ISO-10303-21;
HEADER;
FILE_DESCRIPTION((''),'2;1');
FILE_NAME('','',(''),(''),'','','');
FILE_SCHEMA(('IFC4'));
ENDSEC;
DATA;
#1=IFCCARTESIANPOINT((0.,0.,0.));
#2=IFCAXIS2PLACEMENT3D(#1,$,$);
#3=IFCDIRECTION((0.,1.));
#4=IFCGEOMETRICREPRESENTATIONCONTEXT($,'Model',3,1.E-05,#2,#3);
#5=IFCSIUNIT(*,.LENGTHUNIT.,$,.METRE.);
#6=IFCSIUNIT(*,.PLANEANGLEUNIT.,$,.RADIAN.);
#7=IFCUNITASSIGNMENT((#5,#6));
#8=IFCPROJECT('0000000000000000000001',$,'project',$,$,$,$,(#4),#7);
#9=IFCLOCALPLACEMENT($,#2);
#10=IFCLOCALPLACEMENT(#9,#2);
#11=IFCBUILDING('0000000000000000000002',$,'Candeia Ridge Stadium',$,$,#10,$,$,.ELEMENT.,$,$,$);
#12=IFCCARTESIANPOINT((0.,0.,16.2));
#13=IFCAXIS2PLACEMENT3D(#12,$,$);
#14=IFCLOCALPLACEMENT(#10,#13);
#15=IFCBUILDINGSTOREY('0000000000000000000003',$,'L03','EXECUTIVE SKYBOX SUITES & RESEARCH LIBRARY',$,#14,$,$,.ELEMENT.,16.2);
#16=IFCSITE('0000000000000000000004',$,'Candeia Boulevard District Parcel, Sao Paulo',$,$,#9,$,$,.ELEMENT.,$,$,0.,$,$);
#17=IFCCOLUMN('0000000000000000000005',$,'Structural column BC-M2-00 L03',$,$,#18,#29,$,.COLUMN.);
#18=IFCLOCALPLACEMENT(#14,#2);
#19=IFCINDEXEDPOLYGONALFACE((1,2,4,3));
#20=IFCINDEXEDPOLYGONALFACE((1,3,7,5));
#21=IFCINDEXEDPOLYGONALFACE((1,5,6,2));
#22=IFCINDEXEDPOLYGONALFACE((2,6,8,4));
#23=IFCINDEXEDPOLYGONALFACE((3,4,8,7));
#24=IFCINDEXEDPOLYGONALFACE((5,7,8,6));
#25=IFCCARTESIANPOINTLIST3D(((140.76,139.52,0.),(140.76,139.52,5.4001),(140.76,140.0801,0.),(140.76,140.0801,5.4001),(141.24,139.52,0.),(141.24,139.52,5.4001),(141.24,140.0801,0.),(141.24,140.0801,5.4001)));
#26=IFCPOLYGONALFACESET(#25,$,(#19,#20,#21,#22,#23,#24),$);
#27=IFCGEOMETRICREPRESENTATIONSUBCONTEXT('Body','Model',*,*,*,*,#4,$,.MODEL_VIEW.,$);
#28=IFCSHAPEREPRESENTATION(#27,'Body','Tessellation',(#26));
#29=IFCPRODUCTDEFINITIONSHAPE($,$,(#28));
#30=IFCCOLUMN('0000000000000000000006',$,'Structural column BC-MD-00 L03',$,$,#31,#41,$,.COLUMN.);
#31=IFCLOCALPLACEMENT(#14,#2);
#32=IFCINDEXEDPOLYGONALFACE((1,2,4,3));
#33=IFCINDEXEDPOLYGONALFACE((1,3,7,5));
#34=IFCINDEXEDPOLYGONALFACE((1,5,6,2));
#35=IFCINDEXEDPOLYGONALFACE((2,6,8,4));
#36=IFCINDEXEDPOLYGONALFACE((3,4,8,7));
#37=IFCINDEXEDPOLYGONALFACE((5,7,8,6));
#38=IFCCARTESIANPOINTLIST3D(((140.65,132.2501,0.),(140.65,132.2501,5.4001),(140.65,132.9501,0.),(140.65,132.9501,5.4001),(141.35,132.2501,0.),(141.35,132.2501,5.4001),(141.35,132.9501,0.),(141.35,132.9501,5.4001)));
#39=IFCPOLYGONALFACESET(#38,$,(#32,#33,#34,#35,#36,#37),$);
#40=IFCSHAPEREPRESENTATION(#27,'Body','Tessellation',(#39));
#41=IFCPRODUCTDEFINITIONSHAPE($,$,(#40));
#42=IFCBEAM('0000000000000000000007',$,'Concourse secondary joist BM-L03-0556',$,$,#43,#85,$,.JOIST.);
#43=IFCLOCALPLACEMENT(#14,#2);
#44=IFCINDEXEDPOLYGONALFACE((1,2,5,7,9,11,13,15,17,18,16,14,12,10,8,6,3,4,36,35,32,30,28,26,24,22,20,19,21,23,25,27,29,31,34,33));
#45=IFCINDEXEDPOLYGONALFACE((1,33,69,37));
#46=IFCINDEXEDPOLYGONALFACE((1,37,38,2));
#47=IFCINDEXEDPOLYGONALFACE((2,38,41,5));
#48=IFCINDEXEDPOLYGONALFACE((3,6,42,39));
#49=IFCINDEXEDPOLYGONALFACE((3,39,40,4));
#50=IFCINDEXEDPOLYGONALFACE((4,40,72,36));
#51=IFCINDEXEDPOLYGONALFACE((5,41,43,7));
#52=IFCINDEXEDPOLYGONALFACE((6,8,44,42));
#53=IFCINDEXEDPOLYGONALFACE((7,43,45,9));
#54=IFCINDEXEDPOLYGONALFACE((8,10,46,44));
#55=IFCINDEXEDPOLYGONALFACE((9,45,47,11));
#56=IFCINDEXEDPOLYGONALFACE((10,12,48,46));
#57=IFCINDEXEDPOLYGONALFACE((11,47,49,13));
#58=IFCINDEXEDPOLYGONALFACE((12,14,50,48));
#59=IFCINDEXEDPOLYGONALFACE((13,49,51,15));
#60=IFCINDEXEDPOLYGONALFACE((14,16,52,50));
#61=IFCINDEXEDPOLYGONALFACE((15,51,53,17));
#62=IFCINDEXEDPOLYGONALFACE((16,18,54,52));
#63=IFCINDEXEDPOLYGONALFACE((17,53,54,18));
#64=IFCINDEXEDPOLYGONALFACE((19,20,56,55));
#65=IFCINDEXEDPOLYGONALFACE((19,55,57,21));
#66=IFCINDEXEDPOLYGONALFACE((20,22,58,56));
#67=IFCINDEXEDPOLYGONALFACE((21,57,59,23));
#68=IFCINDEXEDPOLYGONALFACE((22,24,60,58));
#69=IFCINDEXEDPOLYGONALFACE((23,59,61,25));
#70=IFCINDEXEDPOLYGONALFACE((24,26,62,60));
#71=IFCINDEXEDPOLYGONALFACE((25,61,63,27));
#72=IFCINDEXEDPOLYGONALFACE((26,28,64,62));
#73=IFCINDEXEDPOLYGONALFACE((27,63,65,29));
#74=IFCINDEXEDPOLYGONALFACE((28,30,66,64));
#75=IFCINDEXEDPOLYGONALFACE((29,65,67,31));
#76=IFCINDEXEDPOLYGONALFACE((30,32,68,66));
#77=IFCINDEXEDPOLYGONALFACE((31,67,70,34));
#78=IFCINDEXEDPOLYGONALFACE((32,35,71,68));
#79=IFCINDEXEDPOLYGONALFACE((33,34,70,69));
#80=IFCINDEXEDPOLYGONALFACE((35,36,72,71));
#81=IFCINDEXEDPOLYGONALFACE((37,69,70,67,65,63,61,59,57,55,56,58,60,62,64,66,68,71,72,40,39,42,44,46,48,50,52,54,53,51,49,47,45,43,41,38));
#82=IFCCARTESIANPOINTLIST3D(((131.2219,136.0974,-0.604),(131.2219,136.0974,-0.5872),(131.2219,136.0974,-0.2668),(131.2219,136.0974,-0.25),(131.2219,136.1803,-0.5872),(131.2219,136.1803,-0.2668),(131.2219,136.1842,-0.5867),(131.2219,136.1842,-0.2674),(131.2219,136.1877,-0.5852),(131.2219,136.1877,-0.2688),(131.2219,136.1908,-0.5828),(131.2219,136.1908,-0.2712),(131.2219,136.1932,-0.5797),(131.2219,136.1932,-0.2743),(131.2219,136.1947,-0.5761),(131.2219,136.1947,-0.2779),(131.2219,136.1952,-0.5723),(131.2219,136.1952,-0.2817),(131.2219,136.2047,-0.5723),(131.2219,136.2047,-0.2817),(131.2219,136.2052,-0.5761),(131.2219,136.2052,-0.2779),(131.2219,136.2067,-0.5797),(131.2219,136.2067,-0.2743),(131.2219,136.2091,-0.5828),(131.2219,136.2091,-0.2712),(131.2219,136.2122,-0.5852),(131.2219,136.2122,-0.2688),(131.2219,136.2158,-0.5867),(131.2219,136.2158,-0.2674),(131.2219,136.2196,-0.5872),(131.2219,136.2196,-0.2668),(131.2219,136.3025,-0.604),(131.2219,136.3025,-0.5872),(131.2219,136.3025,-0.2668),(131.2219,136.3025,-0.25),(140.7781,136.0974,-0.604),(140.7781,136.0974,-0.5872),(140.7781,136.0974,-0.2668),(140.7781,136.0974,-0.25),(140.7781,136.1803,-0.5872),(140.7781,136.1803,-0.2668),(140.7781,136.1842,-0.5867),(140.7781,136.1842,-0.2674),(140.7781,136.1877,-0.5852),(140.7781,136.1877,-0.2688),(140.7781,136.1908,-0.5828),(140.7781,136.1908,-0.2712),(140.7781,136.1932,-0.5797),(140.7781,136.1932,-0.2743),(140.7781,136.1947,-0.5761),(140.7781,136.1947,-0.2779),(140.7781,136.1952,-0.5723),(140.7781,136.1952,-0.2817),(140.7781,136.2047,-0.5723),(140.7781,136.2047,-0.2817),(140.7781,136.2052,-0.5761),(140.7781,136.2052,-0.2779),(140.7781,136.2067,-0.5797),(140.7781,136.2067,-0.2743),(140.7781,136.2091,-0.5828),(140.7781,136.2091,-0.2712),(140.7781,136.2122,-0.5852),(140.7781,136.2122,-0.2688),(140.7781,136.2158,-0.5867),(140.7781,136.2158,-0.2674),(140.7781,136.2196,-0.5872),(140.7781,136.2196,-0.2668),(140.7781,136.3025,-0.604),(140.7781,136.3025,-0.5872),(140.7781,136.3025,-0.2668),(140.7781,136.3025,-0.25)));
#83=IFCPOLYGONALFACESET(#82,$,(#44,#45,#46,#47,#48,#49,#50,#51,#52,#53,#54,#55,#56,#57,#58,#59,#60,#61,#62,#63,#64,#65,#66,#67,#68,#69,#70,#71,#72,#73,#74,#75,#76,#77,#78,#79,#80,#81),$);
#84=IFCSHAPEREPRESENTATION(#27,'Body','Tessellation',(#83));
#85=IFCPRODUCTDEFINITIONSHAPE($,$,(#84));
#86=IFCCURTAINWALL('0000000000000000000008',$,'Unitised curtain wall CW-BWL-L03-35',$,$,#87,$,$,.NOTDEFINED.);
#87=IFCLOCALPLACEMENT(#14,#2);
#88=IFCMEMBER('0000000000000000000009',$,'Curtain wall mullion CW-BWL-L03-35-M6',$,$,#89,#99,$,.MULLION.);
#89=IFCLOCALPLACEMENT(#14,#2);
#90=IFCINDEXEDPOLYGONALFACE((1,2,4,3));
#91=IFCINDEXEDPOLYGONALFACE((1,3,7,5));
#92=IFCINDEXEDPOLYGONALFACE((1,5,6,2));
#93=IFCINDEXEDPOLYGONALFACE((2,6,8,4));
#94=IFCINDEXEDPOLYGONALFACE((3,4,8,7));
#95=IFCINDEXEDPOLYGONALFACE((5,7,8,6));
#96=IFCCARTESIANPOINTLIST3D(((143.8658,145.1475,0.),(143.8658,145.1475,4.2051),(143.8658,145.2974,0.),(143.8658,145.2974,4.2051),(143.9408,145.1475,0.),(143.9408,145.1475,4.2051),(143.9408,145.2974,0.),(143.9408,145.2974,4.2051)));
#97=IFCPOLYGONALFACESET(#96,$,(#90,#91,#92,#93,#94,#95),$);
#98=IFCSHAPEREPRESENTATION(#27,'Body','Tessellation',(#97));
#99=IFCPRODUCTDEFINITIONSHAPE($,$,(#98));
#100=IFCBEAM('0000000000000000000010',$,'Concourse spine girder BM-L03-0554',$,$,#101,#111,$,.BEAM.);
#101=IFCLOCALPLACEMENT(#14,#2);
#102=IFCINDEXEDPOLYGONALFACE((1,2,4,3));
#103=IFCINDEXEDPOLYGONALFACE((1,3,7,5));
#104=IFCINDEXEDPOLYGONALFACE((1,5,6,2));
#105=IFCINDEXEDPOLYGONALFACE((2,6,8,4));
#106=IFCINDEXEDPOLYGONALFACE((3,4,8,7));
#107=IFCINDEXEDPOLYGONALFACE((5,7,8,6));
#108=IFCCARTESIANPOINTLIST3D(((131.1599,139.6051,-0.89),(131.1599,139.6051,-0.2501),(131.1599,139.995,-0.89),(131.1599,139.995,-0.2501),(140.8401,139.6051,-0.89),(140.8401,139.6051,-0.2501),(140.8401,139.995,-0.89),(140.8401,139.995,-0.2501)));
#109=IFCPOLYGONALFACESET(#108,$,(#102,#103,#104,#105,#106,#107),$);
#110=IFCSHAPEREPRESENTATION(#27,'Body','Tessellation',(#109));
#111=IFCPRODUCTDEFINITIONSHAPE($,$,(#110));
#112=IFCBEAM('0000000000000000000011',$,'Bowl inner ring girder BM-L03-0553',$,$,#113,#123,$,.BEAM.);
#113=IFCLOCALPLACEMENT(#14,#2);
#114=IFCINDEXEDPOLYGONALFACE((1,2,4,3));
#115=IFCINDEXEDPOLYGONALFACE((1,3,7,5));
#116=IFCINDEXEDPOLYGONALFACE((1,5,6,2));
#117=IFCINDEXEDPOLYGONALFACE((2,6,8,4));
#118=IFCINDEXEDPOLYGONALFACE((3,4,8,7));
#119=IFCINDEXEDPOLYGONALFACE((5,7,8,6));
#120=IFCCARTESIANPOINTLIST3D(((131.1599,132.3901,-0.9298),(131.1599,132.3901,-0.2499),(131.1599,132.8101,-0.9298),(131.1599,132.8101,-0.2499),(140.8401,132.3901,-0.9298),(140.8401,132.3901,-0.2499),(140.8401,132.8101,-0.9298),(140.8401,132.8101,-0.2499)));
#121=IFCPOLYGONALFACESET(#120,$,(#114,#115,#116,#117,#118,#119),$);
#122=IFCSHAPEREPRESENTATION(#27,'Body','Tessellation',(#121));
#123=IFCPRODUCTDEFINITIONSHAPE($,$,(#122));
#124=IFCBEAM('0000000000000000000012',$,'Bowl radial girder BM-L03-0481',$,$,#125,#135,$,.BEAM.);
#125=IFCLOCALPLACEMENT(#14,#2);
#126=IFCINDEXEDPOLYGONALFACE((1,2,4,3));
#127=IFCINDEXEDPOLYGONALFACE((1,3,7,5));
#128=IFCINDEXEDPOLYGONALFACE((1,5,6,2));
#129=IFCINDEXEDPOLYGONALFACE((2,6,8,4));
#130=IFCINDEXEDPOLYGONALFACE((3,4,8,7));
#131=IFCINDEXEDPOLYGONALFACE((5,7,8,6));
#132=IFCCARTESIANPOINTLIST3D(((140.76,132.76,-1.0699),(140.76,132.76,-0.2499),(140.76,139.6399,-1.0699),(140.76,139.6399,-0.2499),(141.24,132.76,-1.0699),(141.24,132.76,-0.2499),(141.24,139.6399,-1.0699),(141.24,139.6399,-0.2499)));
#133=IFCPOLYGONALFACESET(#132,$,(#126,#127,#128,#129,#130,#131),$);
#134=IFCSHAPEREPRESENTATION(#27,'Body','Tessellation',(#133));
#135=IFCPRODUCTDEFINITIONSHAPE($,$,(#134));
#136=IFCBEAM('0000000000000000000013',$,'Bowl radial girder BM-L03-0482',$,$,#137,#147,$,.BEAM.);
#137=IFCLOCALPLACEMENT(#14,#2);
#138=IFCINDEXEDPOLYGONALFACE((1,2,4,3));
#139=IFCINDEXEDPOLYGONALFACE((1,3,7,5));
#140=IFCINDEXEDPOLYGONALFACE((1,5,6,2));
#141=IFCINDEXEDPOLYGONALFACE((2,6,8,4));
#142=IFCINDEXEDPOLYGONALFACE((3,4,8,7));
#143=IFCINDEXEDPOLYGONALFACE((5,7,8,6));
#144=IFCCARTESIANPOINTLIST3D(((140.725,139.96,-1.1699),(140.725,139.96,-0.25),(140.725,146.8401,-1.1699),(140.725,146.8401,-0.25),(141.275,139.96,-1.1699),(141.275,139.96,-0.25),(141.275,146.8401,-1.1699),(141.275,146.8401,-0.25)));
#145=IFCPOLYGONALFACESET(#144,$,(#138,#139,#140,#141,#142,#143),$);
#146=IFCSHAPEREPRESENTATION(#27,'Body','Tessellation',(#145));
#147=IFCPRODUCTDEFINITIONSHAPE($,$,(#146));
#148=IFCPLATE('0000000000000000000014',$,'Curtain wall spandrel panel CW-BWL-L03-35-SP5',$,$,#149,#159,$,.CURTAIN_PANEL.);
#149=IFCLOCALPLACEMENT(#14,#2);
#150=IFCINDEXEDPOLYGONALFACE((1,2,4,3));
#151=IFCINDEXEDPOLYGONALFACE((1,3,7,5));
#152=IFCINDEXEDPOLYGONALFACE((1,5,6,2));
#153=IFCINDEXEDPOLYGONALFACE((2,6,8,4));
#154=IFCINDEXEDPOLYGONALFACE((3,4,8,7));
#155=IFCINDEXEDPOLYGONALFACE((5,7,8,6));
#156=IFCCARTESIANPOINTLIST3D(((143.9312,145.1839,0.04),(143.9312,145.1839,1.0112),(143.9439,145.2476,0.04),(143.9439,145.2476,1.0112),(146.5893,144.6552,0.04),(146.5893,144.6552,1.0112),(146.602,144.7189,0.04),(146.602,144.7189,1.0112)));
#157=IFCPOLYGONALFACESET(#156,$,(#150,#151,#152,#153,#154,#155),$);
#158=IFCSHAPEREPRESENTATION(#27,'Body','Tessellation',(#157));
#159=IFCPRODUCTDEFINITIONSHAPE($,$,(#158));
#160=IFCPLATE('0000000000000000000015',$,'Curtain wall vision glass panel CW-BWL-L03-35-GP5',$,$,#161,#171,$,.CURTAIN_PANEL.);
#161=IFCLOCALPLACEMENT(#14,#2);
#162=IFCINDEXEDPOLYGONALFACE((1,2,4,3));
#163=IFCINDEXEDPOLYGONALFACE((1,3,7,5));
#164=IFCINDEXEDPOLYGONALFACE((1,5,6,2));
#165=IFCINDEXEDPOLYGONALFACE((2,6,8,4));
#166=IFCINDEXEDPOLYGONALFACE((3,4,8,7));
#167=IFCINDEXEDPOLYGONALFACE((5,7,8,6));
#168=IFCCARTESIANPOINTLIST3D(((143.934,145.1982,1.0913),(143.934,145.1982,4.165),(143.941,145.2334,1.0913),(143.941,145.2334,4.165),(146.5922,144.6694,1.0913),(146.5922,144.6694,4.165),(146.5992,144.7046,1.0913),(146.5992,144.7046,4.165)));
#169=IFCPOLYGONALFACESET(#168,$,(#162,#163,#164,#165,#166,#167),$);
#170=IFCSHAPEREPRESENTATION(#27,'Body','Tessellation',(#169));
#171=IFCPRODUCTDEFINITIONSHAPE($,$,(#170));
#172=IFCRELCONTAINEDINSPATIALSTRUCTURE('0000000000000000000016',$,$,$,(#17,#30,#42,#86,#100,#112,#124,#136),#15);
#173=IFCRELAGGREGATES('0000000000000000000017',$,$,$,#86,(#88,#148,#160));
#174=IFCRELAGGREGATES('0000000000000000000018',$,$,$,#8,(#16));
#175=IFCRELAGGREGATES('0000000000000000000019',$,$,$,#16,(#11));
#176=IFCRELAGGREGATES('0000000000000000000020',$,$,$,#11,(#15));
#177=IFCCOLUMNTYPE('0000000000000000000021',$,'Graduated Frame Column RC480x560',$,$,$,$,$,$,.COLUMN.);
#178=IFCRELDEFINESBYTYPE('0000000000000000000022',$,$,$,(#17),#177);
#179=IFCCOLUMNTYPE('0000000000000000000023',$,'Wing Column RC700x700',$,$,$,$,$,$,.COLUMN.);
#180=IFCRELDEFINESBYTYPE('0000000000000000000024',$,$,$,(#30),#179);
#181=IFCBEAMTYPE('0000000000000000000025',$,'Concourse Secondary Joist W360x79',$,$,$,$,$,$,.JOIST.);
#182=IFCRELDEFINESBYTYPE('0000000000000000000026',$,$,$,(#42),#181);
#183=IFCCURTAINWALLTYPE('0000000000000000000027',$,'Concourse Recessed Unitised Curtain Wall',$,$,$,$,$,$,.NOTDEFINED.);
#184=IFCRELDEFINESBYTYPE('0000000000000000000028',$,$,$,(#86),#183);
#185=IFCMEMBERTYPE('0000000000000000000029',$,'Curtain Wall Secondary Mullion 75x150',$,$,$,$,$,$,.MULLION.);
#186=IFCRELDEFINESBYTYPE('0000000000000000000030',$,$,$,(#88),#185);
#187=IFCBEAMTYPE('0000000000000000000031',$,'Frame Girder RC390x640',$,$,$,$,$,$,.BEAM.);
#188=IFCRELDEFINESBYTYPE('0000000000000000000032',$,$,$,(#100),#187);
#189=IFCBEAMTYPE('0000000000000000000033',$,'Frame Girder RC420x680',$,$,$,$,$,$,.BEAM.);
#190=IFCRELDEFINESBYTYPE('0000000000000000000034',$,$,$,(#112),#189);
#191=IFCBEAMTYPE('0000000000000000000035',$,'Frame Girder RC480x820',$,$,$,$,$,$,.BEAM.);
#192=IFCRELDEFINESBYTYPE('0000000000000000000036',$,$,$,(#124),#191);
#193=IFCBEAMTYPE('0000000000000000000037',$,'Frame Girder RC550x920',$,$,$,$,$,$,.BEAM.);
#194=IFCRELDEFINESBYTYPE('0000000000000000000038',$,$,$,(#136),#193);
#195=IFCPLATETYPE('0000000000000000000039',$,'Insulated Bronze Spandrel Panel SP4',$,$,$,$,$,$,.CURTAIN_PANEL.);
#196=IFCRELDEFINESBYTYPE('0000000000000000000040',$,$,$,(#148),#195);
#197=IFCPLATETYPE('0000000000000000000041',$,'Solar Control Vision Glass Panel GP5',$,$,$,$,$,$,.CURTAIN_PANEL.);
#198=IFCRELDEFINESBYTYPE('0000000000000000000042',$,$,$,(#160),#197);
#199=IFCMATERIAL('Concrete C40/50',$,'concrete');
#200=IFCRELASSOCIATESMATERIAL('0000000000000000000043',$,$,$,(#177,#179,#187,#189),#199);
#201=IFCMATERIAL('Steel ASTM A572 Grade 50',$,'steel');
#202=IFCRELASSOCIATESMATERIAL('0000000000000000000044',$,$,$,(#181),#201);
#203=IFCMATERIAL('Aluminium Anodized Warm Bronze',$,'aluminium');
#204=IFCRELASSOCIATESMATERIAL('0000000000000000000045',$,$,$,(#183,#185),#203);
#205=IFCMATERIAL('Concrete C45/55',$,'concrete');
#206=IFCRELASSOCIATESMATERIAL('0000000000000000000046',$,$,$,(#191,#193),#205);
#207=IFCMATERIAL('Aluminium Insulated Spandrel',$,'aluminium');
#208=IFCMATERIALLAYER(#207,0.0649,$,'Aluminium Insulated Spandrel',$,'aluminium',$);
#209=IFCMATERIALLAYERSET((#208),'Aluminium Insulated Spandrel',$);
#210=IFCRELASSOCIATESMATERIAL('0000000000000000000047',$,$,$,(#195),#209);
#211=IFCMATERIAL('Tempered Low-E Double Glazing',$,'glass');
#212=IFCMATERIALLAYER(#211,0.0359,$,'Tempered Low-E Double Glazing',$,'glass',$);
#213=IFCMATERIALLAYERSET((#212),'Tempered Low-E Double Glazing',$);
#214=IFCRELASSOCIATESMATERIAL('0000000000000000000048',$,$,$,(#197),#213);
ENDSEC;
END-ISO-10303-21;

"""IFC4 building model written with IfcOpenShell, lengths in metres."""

from ifc_helpers import new_model, si_unit, direction, frame, origin, origin_2d, place, context, subcontext, project, spatial, rectangle, i_section, extrude, material, layer, layer_set, material_profile, profile_set, type_object, element, aggregate, save


model = new_model("IFC4")

# Units and contexts
model_context = context("Model", 3, precision=1e-05, world=origin(), true_north=direction((0.0, 1.0)))
body_context = subcontext(model_context, "Body", "Model", "MODEL_VIEW")
ifc_project = project(units=[si_unit("LENGTHUNIT", "METRE"), si_unit("PLANEANGLEUNIT", "RADIAN")], contexts=[model_context])

# Site, building, storey
site_placement = place(None, origin())
site = spatial("IfcSite", under=ifc_project, at=site_placement, Name="Candeia Boulevard District Parcel, Sao Paulo", CompositionType="ELEMENT", RefElevation=0.0)
building_placement = place(site_placement, origin())
building = spatial("IfcBuilding", under=site, at=building_placement, Name="Candeia Ridge Stadium", CompositionType="ELEMENT")
storey_placement = place(building_placement, frame((0.0, 0.0, 16.2)))
storey = spatial("IfcBuildingStorey", under=building, at=storey_placement, Name="L03", Description="EXECUTIVE SKYBOX SUITES & RESEARCH LIBRARY", CompositionType="ELEMENT", Elevation=16.2)

# Columns
ifc_material_1 = material(Name="Concrete C40/50", Category="concrete")
ifc_material_profile_1 = material_profile(ifc_material_1, rectangle(XDim=0.48, YDim=0.5601, at=origin_2d()), Name="RC480x560", Category="concrete")
ifc_profile_set_1 = profile_set([ifc_material_profile_1], Name="Concrete C40/50")
column_type_1 = type_object("IfcColumnType", Name="Graduated Frame Column RC480x560", PredefinedType="COLUMN", material=ifc_profile_set_1)
column_1_placement = place(storey_placement, frame((141.0, 139.8, 0.0), z_axis=(0.0, 0.0, 1.0), x_axis=(1.0, 0.0, 0.0)))
element("IfcColumn", 1, at=column_1_placement, inside=storey, type_object=column_type_1, Name="Structural column BC-M2-00 L03", PredefinedType="COLUMN", context=body_context, shape_type="SweptSolid", body=[
    extrude(rectangle(XDim=0.48, YDim=0.5601, at=origin_2d()), origin(), (0.0, 0.0, 1.0), 5.4001),
])
ifc_material_profile_2 = material_profile(ifc_material_1, rectangle(XDim=0.7, YDim=0.7, at=origin_2d()), Name="RC700x700", Category="concrete")
ifc_profile_set_2 = profile_set([ifc_material_profile_2], Name="Concrete C40/50")
column_type_2 = type_object("IfcColumnType", Name="Wing Column RC700x700", PredefinedType="COLUMN", material=ifc_profile_set_2)
column_2_placement = place(storey_placement, frame((141.0, 132.6001, 0.0), z_axis=(0.0, 0.0, 1.0), x_axis=(1.0, 0.0, 0.0)))
element("IfcColumn", 2, at=column_2_placement, inside=storey, type_object=column_type_2, Name="Structural column BC-MD-00 L03", PredefinedType="COLUMN", context=body_context, shape_type="SweptSolid", body=[
    extrude(rectangle(XDim=0.7, YDim=0.7, at=origin_2d()), origin(), (0.0, 0.0, 1.0), 5.4001),
])

# Beam
ifc_material_2 = material(Name="Steel ASTM A572 Grade 50", Category="steel")
ifc_material_profile_3 = material_profile(ifc_material_2, i_section(OverallWidth=0.2051, OverallDepth=0.354, WebThickness=0.0095, FlangeThickness=0.0168, FilletRadius=0.0149, at=origin_2d()), Name="W360x79", Category="steel")
ifc_profile_set_3 = profile_set([ifc_material_profile_3], Name="Steel ASTM A572 Grade 50")
beam_type_1 = type_object("IfcBeamType", Name="Concourse Secondary Joist W360x79", PredefinedType="JOIST", material=ifc_profile_set_3)
beam_1_placement = place(storey_placement, frame((140.7781, 136.2, -0.427), z_axis=(-1.0, 0.0, 0.0), x_axis=(0.0, -1.0, 0.0)))
element("IfcBeam", 3, at=beam_1_placement, inside=storey, type_object=beam_type_1, Name="Concourse secondary joist BM-L03-0556", PredefinedType="JOIST", context=body_context, shape_type="SweptSolid", body=[
    extrude(i_section(OverallWidth=0.2051, OverallDepth=0.354, WebThickness=0.0095, FlangeThickness=0.0168, FilletRadius=0.0149, at=origin_2d()), origin(), (0.0, 0.0, 1.0), 9.5562),
])

# Curtain wall, member
ifc_material_3 = material(Name="Aluminium Anodized Warm Bronze", Category="aluminium")
curtain_wall_type = type_object("IfcCurtainWallType", Name="Concourse Recessed Unitised Curtain Wall", PredefinedType="NOTDEFINED", material=ifc_material_3)
curtain_wall_placement = place(storey_placement, origin())
curtain_wall = element("IfcCurtainWall", 4, at=curtain_wall_placement, inside=storey, type_object=curtain_wall_type, Name="Unitised curtain wall CW-BWL-L03-35", PredefinedType="NOTDEFINED")
ifc_material_profile_4 = material_profile(ifc_material_3, rectangle(XDim=0.075, YDim=0.1499, at=origin_2d()), Name="CWM-75x150", Category="aluminium")
ifc_profile_set_4 = profile_set([ifc_material_profile_4], Name="Aluminium Anodized Warm Bronze")
member_type = type_object("IfcMemberType", Name="Curtain Wall Secondary Mullion 75x150", PredefinedType="MULLION", material=ifc_profile_set_4)
member_placement = place(storey_placement, frame((143.9033, 145.2224, 0.0), z_axis=(0.0, 0.0, 1.0), x_axis=(1.0, 0.0, 0.0)))
member = element("IfcMember", 5, at=member_placement, type_object=member_type, Name="Curtain wall mullion CW-BWL-L03-35-M6", PredefinedType="MULLION", context=body_context, shape_type="SweptSolid", body=[
    extrude(rectangle(XDim=0.075, YDim=0.1499, at=origin_2d()), origin(), (0.0, 0.0, 1.0), 4.2051),
])

# Beams
ifc_material_profile_5 = material_profile(ifc_material_1, rectangle(XDim=0.3899, YDim=0.6399, at=origin_2d()), Name="RC390x640", Category="concrete")
ifc_profile_set_5 = profile_set([ifc_material_profile_5], Name="Concrete C40/50")
beam_type_2 = type_object("IfcBeamType", Name="Frame Girder RC390x640", PredefinedType="BEAM", material=ifc_profile_set_5)
beam_2_placement = place(storey_placement, frame((140.8401, 139.8, -0.5701), z_axis=(-1.0, 0.0, 0.0), x_axis=(0.0, -1.0, 0.0)))
element("IfcBeam", 6, at=beam_2_placement, inside=storey, type_object=beam_type_2, Name="Concourse spine girder BM-L03-0554", PredefinedType="BEAM", context=body_context, shape_type="SweptSolid", body=[
    extrude(rectangle(XDim=0.3899, YDim=0.6399, at=origin_2d()), origin(), (0.0, 0.0, 1.0), 9.6802),
])
ifc_material_profile_6 = material_profile(ifc_material_1, rectangle(XDim=0.4199, YDim=0.6799, at=origin_2d()), Name="RC420x680", Category="concrete")
ifc_profile_set_6 = profile_set([ifc_material_profile_6], Name="Concrete C40/50")
beam_type_3 = type_object("IfcBeamType", Name="Frame Girder RC420x680", PredefinedType="BEAM", material=ifc_profile_set_6)
beam_3_placement = place(storey_placement, frame((140.8401, 132.6001, -0.5898), z_axis=(-1.0, 0.0, 0.0), x_axis=(0.0, -1.0, 0.0)))
element("IfcBeam", 7, at=beam_3_placement, inside=storey, type_object=beam_type_3, Name="Bowl inner ring girder BM-L03-0553", PredefinedType="BEAM", context=body_context, shape_type="SweptSolid", body=[
    extrude(rectangle(XDim=0.4199, YDim=0.6799, at=origin_2d()), origin(), (0.0, 0.0, 1.0), 9.6802),
])
ifc_material_4 = material(Name="Concrete C45/55", Category="concrete")
ifc_material_profile_7 = material_profile(ifc_material_4, rectangle(XDim=0.48, YDim=0.8201, at=origin_2d()), Name="RC480x820", Category="concrete")
ifc_profile_set_7 = profile_set([ifc_material_profile_7], Name="Concrete C45/55")
beam_type_4 = type_object("IfcBeamType", Name="Frame Girder RC480x820", PredefinedType="BEAM", material=ifc_profile_set_7)
beam_4_placement = place(storey_placement, frame((141.0, 132.76, -0.6599), z_axis=(0.0, 1.0, 0.0), x_axis=(-1.0, 0.0, 0.0)))
element("IfcBeam", 8, at=beam_4_placement, inside=storey, type_object=beam_type_4, Name="Bowl radial girder BM-L03-0481", PredefinedType="BEAM", context=body_context, shape_type="SweptSolid", body=[
    extrude(rectangle(XDim=0.48, YDim=0.8201, at=origin_2d()), origin(), (0.0, 0.0, 1.0), 6.8799),
])
ifc_material_profile_8 = material_profile(ifc_material_4, rectangle(XDim=0.55, YDim=0.9199, at=origin_2d()), Name="RC550x920", Category="concrete")
ifc_profile_set_8 = profile_set([ifc_material_profile_8], Name="Concrete C45/55")
beam_type_5 = type_object("IfcBeamType", Name="Frame Girder RC550x920", PredefinedType="BEAM", material=ifc_profile_set_8)
beam_5_placement = place(storey_placement, frame((141.0, 139.96, -0.71), z_axis=(0.0, 1.0, 0.0), x_axis=(-1.0, 0.0, 0.0)))
element("IfcBeam", 9, at=beam_5_placement, inside=storey, type_object=beam_type_5, Name="Bowl radial girder BM-L03-0482", PredefinedType="BEAM", context=body_context, shape_type="SweptSolid", body=[
    extrude(rectangle(XDim=0.55, YDim=0.9199, at=origin_2d()), origin(), (0.0, 0.0, 1.0), 6.8801),
])

# Plates
ifc_material_5 = material(Name="Aluminium Insulated Spandrel", Category="aluminium")
ifc_layer_1 = layer(ifc_material_5, 0.0649, Name="Aluminium Insulated Spandrel", Category="aluminium")
ifc_layer_set_1 = layer_set([ifc_layer_1], Name="Aluminium Insulated Spandrel")
plate_type_1 = type_object("IfcPlateType", Name="Insulated Bronze Spandrel Panel SP4", PredefinedType="CURTAIN_PANEL", material=ifc_layer_set_1)
plate_1_placement = place(storey_placement, frame((145.2666, 144.9514, 0.04), z_axis=(0.0, 0.0, 1.0), x_axis=(-0.980785, 0.19509, 0.0)))
plate_1 = element("IfcPlate", 10, at=plate_1_placement, type_object=plate_type_1, Name="Curtain wall spandrel panel CW-BWL-L03-35-SP5", PredefinedType="CURTAIN_PANEL", context=body_context, shape_type="SweptSolid", body=[
    extrude(rectangle(XDim=2.7102, YDim=0.0649, at=origin_2d()), origin(), (0.0, 0.0, 1.0), 0.9712),
])
ifc_material_6 = material(Name="Tempered Low-E Double Glazing", Category="glass")
ifc_layer_2 = layer(ifc_material_6, 0.0359, Name="Tempered Low-E Double Glazing", Category="glass")
ifc_layer_set_2 = layer_set([ifc_layer_2], Name="Tempered Low-E Double Glazing")
plate_type_2 = type_object("IfcPlateType", Name="Solar Control Vision Glass Panel GP5", PredefinedType="CURTAIN_PANEL", material=ifc_layer_set_2)
plate_2_placement = place(storey_placement, frame((145.2666, 144.9514, 1.0913), z_axis=(0.0, 0.0, 1.0), x_axis=(-0.980785, 0.19509, 0.0)))
plate_2 = element("IfcPlate", 11, at=plate_2_placement, type_object=plate_type_2, Name="Curtain wall vision glass panel CW-BWL-L03-35-GP5", PredefinedType="CURTAIN_PANEL", context=body_context, shape_type="SweptSolid", body=[
    extrude(rectangle(XDim=2.7102, YDim=0.0359, at=origin_2d()), origin(), (0.0, 0.0, 1.0), 3.0737),
])
aggregate(curtain_wall, [member, plate_1, plate_2])

save(model, "model.ifc")
